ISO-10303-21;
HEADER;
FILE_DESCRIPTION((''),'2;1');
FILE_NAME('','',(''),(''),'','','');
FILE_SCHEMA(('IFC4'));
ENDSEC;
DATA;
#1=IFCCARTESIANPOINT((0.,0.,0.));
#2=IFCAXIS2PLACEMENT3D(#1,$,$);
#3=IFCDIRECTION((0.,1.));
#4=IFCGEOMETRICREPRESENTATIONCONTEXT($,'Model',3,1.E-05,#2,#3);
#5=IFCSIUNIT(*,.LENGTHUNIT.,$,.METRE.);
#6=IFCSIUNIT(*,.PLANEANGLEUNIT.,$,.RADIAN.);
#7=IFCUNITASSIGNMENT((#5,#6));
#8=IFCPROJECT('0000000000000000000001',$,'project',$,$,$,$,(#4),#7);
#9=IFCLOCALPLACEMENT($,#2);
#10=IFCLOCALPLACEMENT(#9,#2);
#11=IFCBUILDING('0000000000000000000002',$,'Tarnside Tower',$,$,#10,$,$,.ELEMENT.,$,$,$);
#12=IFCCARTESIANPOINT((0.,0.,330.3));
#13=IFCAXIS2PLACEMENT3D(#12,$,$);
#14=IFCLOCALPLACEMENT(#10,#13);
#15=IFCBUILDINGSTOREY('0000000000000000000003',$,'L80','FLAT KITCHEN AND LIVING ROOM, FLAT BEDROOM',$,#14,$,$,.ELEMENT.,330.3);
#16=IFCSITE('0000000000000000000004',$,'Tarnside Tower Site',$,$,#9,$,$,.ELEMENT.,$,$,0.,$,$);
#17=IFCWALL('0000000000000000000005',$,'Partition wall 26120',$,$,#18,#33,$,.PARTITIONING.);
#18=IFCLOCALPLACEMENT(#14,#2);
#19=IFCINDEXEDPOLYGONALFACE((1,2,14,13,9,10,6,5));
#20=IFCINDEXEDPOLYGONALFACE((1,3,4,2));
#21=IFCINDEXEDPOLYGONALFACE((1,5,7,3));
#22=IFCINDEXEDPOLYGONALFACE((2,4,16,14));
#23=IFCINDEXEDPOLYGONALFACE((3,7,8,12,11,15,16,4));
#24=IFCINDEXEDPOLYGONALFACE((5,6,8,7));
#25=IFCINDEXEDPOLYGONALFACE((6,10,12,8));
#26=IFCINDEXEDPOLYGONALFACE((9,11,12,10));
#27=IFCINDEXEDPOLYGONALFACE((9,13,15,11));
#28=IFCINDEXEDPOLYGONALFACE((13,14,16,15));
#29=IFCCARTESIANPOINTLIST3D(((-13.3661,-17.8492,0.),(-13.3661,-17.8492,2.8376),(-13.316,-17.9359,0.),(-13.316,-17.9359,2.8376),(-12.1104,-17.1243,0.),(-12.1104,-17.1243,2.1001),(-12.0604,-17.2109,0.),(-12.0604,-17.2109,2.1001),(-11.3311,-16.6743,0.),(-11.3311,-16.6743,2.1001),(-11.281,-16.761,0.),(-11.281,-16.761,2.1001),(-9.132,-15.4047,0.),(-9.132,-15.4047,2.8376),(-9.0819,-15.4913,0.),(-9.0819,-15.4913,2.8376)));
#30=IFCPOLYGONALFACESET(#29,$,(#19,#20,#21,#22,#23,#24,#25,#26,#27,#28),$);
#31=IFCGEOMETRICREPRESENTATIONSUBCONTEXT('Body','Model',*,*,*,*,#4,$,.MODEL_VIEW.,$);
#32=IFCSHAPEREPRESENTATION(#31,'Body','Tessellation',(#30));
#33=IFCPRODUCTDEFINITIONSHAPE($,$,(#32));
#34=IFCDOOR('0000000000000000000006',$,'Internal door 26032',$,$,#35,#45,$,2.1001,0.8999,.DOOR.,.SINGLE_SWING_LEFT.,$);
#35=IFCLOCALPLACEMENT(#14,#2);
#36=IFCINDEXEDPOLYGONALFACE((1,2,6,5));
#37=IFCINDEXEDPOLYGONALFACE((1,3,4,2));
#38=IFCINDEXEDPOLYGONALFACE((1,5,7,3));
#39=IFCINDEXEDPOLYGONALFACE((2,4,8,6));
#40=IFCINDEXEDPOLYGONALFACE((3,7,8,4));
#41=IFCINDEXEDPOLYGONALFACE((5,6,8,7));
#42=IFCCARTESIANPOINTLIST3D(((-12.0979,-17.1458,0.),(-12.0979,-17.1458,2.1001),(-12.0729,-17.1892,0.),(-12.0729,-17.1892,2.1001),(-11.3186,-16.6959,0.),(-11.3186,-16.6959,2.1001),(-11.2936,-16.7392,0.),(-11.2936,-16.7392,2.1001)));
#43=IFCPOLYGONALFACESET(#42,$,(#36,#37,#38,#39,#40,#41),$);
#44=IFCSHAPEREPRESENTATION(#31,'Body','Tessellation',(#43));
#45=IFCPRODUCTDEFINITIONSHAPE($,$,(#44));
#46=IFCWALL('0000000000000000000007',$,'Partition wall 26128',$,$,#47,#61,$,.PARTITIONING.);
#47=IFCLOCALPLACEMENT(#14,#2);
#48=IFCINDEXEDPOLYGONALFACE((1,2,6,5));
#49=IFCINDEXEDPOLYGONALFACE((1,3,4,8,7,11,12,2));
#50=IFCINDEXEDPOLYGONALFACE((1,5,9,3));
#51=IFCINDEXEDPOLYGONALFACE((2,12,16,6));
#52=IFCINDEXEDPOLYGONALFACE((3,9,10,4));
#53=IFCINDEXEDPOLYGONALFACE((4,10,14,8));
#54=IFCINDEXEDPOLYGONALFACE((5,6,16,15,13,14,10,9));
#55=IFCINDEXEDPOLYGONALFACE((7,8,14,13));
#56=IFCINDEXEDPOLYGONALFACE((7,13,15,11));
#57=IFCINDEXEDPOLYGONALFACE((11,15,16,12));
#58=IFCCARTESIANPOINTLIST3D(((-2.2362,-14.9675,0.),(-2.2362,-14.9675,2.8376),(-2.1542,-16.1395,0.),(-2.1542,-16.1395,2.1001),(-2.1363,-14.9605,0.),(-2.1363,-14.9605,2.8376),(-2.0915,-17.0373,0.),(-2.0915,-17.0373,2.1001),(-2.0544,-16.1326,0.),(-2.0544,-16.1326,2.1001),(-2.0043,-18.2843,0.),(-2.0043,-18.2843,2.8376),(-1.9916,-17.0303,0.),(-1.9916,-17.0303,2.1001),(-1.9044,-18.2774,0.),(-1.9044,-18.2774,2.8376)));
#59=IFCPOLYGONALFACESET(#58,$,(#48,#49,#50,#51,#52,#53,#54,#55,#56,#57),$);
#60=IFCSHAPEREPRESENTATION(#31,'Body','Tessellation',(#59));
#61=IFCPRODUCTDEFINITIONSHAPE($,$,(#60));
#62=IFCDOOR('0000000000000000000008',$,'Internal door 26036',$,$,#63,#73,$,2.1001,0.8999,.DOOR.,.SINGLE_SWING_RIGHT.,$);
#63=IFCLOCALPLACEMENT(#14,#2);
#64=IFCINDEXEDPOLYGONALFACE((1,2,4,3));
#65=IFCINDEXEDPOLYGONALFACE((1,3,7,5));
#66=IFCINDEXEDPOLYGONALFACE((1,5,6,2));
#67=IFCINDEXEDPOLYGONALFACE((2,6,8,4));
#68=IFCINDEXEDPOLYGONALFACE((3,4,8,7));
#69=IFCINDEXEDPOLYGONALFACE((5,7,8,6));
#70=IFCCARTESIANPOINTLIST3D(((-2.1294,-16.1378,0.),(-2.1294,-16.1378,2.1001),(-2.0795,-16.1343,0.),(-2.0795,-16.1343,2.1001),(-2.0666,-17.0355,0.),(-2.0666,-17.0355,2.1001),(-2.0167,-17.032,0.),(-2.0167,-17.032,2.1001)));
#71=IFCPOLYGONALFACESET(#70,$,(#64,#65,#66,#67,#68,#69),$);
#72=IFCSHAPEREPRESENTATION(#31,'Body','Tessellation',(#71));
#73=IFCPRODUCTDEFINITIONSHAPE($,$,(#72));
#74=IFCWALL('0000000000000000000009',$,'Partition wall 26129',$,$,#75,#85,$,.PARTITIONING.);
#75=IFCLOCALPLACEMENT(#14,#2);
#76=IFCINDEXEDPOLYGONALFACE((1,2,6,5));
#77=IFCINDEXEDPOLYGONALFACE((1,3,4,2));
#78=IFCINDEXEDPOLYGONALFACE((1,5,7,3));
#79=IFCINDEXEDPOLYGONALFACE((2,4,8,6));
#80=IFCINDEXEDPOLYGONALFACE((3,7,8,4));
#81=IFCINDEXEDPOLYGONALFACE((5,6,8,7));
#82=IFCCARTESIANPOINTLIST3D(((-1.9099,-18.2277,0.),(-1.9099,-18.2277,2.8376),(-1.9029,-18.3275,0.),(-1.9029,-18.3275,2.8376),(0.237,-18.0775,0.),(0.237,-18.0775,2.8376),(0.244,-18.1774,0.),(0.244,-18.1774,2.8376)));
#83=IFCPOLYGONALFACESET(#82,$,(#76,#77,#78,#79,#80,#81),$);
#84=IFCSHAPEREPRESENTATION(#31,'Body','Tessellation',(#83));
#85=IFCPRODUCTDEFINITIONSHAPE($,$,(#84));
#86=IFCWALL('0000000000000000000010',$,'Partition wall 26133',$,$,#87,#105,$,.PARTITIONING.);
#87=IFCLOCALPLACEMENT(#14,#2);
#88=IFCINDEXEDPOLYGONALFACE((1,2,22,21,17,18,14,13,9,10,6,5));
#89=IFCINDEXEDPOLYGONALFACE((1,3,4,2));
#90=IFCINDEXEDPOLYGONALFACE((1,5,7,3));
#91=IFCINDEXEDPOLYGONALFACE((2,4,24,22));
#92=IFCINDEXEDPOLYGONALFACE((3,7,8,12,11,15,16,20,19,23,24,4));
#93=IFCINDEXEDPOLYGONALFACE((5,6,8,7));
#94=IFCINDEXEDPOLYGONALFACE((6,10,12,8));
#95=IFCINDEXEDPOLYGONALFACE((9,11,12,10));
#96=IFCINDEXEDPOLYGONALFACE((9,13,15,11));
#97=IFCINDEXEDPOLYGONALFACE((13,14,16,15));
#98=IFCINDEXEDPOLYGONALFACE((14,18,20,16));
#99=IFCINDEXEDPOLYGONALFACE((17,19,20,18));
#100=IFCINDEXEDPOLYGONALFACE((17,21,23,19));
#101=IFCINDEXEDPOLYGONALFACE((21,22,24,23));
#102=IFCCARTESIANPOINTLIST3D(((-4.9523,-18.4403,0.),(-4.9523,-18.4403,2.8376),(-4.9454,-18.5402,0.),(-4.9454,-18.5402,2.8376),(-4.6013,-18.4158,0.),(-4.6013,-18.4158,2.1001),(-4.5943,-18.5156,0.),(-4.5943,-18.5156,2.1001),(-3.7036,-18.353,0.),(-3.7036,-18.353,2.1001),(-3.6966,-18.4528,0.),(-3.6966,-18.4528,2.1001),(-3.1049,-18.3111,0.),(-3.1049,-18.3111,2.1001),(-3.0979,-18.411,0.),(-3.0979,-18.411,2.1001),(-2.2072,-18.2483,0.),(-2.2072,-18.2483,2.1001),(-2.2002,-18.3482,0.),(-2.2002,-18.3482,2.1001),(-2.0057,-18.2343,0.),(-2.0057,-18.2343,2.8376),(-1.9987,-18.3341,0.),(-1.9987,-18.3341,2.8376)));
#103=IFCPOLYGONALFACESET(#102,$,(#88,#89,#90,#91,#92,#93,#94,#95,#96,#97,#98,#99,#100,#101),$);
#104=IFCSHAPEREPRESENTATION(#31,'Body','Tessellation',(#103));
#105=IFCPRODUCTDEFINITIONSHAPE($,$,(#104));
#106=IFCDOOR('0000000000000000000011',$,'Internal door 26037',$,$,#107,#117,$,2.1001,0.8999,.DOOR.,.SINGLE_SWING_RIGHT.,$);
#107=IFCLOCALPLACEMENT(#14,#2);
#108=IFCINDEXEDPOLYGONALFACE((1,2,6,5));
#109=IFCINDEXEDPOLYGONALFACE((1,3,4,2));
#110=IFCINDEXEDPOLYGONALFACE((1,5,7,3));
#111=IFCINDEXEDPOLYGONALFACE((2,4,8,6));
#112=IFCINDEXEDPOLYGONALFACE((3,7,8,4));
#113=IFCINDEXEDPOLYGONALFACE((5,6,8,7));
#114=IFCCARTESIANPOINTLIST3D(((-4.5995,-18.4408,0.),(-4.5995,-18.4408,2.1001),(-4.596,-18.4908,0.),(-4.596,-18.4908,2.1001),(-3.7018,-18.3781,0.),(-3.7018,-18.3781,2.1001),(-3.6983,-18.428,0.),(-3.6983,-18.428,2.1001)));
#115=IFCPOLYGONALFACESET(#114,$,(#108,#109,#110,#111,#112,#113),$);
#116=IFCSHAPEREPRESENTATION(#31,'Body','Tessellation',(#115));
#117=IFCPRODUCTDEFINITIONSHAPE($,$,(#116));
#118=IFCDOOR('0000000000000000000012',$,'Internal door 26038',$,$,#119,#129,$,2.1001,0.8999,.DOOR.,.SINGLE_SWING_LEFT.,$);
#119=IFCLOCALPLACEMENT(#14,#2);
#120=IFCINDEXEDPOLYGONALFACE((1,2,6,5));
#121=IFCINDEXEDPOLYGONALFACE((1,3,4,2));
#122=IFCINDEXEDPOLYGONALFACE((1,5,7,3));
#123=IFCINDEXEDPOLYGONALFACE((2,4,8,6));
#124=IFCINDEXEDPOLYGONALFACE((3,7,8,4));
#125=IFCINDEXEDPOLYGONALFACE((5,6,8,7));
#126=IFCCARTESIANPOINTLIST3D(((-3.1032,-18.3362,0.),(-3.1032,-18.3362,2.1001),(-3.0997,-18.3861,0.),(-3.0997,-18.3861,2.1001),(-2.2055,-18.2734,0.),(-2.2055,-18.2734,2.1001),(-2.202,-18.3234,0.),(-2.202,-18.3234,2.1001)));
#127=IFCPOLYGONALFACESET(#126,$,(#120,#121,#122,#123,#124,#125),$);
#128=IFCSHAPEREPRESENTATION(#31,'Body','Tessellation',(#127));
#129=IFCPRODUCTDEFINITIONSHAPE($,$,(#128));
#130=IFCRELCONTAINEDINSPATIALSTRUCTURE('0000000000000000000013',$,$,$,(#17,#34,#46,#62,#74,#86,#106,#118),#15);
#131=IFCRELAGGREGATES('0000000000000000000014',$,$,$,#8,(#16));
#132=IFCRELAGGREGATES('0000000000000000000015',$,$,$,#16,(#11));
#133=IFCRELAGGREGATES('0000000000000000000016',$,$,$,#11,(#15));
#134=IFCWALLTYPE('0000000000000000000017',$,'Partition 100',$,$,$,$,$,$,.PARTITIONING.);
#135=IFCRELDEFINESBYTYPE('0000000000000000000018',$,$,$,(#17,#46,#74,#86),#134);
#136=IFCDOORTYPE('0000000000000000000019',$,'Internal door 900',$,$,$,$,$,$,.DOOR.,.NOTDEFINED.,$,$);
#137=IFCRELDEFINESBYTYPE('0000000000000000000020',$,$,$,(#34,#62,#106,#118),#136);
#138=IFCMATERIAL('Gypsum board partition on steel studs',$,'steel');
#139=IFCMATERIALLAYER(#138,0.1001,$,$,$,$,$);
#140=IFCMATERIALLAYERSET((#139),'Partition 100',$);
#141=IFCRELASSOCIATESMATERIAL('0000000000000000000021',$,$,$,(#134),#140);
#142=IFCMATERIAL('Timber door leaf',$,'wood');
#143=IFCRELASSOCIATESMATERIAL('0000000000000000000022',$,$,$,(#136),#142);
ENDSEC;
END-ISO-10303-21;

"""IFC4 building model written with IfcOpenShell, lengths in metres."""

from ifc_helpers import new_model, si_unit, direction, frame, frame_2d, origin, place, context, subcontext, project, spatial, rectangle, extrude, material, layer, layer_set, type_object, element, fill, save


model = new_model("IFC4")

# Units and contexts
model_context = context("Model", 3, precision=1e-05, world=origin(), true_north=direction((0.0, 1.0)))
body_context = subcontext(model_context, "Body", "Model", "MODEL_VIEW")
ifc_project = project(units=[si_unit("LENGTHUNIT", "METRE"), si_unit("PLANEANGLEUNIT", "RADIAN")], contexts=[model_context])

# Site, building, storey
site_placement = place(None, origin())
site = spatial("IfcSite", under=ifc_project, at=site_placement, Name="Tarnside Tower Site", CompositionType="ELEMENT", RefElevation=0.0)
building_placement = place(site_placement, origin())
building = spatial("IfcBuilding", under=site, at=building_placement, Name="Tarnside Tower", CompositionType="ELEMENT")
storey_placement = place(building_placement, frame((0.0, 0.0, 330.3)))
storey = spatial("IfcBuildingStorey", under=building, at=storey_placement, Name="L80", Description="FLAT KITCHEN AND LIVING ROOM, FLAT BEDROOM", CompositionType="ELEMENT", Elevation=330.3)

# Shared definitions
ifc_material_1 = material(Name="Gypsum board partition on steel studs", Category="steel")
ifc_material_2 = material(Name="Timber door leaf", Category="wood")

# Walls, openings, doors
ifc_layer_1 = layer(ifc_material_1, 0.1001)
ifc_layer_set_1 = layer_set([ifc_layer_1], Name="Partition 100")
wall_type_1 = type_object("IfcWallType", Name="Partition 100", PredefinedType="PARTITIONING", material=ifc_layer_set_1)
wall_1_placement = place(storey_placement, frame((-9.1069, -15.448, 0.0), z_axis=(0.0, 0.0, 1.0), x_axis=(-0.866025, -0.500001, 0.0)))
wall_1 = element("IfcWall", 1, at=wall_1_placement, inside=storey, type_object=wall_type_1, Name="Partition wall 26120", PredefinedType="PARTITIONING", context=body_context, shape_type="SweptSolid", body=[
    extrude(rectangle(XDim=4.8892, YDim=0.1001, at=frame_2d((2.4446, 0.0))), origin(), (0.0, 0.0, 1.0), 2.8376),
])
opening_1_placement = place(wall_1_placement, frame((2.5393, 0.0, 0.0)))
opening_1 = element("IfcOpeningElement", 2, at=opening_1_placement, cuts=wall_1, PredefinedType="OPENING", context=body_context, shape_type="SweptSolid", body=[
    extrude(rectangle(XDim=0.8999, YDim=2.1001, at=frame_2d((0.45, 1.05))), frame((0.0, 0.0601, 0.0), z_axis=(0.0, -1.0, 0.0), x_axis=(1.0, 0.0, 0.0)), (0.0, 0.0, 1.0), 0.1201),
])
door_type_1 = type_object("IfcDoorType", Name="Internal door 900", OperationType="NOTDEFINED", PredefinedType="DOOR", material=ifc_material_2)
door_1_placement = place(opening_1_placement, origin())
door_1 = element("IfcDoor", 3, at=door_1_placement, inside=storey, type_object=door_type_1, Name="Internal door 26032", OperationType="SINGLE_SWING_LEFT", OverallHeight=2.1001, OverallWidth=0.8999, PredefinedType="DOOR", context=body_context, shape_type="SweptSolid", body=[
    extrude(rectangle(XDim=0.8999, YDim=2.1001, at=frame_2d((0.45, 1.05))), frame((0.0, 0.0249, 0.0), z_axis=(0.0, -1.0, 0.0), x_axis=(1.0, 0.0, 0.0)), (0.0, 0.0, 1.0), 0.05),
])
fill(opening_1, door_1)
wall_2_placement = place(storey_placement, frame((-2.1863, -14.9639, 0.0), z_axis=(0.0, 0.0, 1.0), x_axis=(0.069755, -0.997564, 0.0)))
wall_2 = element("IfcWall", 4, at=wall_2_placement, inside=storey, type_object=wall_type_1, Name="Partition wall 26128", PredefinedType="PARTITIONING", context=body_context, shape_type="SweptSolid", body=[
    extrude(rectangle(XDim=3.325, YDim=0.1001, at=frame_2d((1.6626, 0.0))), origin(), (0.0, 0.0, 1.0), 2.8376),
])
opening_2_placement = place(wall_2_placement, frame((1.175, 0.0, 0.0)))
opening_2 = element("IfcOpeningElement", 5, at=opening_2_placement, cuts=wall_2, PredefinedType="OPENING", context=body_context, shape_type="SweptSolid", body=[
    extrude(rectangle(XDim=0.8999, YDim=2.1001, at=frame_2d((0.45, 1.05))), frame((0.0, 0.0601, 0.0), z_axis=(0.0, -1.0, 0.0), x_axis=(1.0, 0.0, 0.0)), (0.0, 0.0, 1.0), 0.1201),
])
door_2_placement = place(opening_2_placement, origin())
door_2 = element("IfcDoor", 6, at=door_2_placement, inside=storey, type_object=door_type_1, Name="Internal door 26036", OperationType="SINGLE_SWING_RIGHT", OverallHeight=2.1001, OverallWidth=0.8999, PredefinedType="DOOR", context=body_context, shape_type="SweptSolid", body=[
    extrude(rectangle(XDim=0.8999, YDim=2.1001, at=frame_2d((0.45, 1.05))), frame((0.0, 0.0249, 0.0), z_axis=(0.0, -1.0, 0.0), x_axis=(1.0, 0.0, 0.0)), (0.0, 0.0, 1.0), 0.05),
])
fill(opening_2, door_2)

# Wall
wall_3_placement = place(storey_placement, frame((-1.9065, -18.2776, 0.0), z_axis=(0.0, 0.0, 1.0), x_axis=(0.997564, 0.069764, 0.0)))
element("IfcWall", 7, at=wall_3_placement, inside=storey, type_object=wall_type_1, Name="Partition wall 26129", PredefinedType="PARTITIONING", context=body_context, shape_type="SweptSolid", body=[
    extrude(rectangle(XDim=2.1521, YDim=0.1001, at=frame_2d((1.0762, 0.0))), origin(), (0.0, 0.0, 1.0), 2.8376),
])

# Wall, openings, doors
wall_4_placement = place(storey_placement, frame((-4.949, -18.4902, 0.0), z_axis=(0.0, 0.0, 1.0), x_axis=(0.997564, 0.069755, 0.0)))
wall_4 = element("IfcWall", 8, at=wall_4_placement, inside=storey, type_object=wall_type_1, Name="Partition wall 26133", PredefinedType="PARTITIONING", context=body_context, shape_type="SweptSolid", body=[
    extrude(rectangle(XDim=2.9539, YDim=0.1001, at=frame_2d((1.4771, 0.0))), origin(), (0.0, 0.0, 1.0), 2.8376),
])
opening_3_placement = place(wall_4_placement, frame((0.3521, 0.0, 0.0)))
opening_3 = element("IfcOpeningElement", 9, at=opening_3_placement, cuts=wall_4, PredefinedType="OPENING", context=body_context, shape_type="SweptSolid", body=[
    extrude(rectangle(XDim=0.8999, YDim=2.1001, at=frame_2d((0.45, 1.05))), frame((0.0, 0.0601, 0.0), z_axis=(0.0, -1.0, 0.0), x_axis=(1.0, 0.0, 0.0)), (0.0, 0.0, 1.0), 0.1201),
])
opening_4_placement = place(wall_4_placement, frame((1.8521, 0.0, 0.0)))
opening_4 = element("IfcOpeningElement", 10, at=opening_4_placement, cuts=wall_4, PredefinedType="OPENING", context=body_context, shape_type="SweptSolid", body=[
    extrude(rectangle(XDim=0.8999, YDim=2.1001, at=frame_2d((0.45, 1.05))), frame((0.0, 0.0601, 0.0), z_axis=(0.0, -1.0, 0.0), x_axis=(1.0, 0.0, 0.0)), (0.0, 0.0, 1.0), 0.1201),
])
door_3_placement = place(opening_3_placement, origin())
door_3 = element("IfcDoor", 11, at=door_3_placement, inside=storey, type_object=door_type_1, Name="Internal door 26037", OperationType="SINGLE_SWING_RIGHT", OverallHeight=2.1001, OverallWidth=0.8999, PredefinedType="DOOR", context=body_context, shape_type="SweptSolid", body=[
    extrude(rectangle(XDim=0.8999, YDim=2.1001, at=frame_2d((0.45, 1.05))), frame((0.0, 0.0249, 0.0), z_axis=(0.0, -1.0, 0.0), x_axis=(1.0, 0.0, 0.0)), (0.0, 0.0, 1.0), 0.05),
])
fill(opening_3, door_3)
door_4_placement = place(opening_4_placement, origin())
door_4 = element("IfcDoor", 12, at=door_4_placement, inside=storey, type_object=door_type_1, Name="Internal door 26038", OperationType="SINGLE_SWING_LEFT", OverallHeight=2.1001, OverallWidth=0.8999, PredefinedType="DOOR", context=body_context, shape_type="SweptSolid", body=[
    extrude(rectangle(XDim=0.8999, YDim=2.1001, at=frame_2d((0.45, 1.05))), frame((0.0, 0.0249, 0.0), z_axis=(0.0, -1.0, 0.0), x_axis=(1.0, 0.0, 0.0)), (0.0, 0.0, 1.0), 0.05),
])
fill(opening_4, door_4)

save(model, "model.ifc")
